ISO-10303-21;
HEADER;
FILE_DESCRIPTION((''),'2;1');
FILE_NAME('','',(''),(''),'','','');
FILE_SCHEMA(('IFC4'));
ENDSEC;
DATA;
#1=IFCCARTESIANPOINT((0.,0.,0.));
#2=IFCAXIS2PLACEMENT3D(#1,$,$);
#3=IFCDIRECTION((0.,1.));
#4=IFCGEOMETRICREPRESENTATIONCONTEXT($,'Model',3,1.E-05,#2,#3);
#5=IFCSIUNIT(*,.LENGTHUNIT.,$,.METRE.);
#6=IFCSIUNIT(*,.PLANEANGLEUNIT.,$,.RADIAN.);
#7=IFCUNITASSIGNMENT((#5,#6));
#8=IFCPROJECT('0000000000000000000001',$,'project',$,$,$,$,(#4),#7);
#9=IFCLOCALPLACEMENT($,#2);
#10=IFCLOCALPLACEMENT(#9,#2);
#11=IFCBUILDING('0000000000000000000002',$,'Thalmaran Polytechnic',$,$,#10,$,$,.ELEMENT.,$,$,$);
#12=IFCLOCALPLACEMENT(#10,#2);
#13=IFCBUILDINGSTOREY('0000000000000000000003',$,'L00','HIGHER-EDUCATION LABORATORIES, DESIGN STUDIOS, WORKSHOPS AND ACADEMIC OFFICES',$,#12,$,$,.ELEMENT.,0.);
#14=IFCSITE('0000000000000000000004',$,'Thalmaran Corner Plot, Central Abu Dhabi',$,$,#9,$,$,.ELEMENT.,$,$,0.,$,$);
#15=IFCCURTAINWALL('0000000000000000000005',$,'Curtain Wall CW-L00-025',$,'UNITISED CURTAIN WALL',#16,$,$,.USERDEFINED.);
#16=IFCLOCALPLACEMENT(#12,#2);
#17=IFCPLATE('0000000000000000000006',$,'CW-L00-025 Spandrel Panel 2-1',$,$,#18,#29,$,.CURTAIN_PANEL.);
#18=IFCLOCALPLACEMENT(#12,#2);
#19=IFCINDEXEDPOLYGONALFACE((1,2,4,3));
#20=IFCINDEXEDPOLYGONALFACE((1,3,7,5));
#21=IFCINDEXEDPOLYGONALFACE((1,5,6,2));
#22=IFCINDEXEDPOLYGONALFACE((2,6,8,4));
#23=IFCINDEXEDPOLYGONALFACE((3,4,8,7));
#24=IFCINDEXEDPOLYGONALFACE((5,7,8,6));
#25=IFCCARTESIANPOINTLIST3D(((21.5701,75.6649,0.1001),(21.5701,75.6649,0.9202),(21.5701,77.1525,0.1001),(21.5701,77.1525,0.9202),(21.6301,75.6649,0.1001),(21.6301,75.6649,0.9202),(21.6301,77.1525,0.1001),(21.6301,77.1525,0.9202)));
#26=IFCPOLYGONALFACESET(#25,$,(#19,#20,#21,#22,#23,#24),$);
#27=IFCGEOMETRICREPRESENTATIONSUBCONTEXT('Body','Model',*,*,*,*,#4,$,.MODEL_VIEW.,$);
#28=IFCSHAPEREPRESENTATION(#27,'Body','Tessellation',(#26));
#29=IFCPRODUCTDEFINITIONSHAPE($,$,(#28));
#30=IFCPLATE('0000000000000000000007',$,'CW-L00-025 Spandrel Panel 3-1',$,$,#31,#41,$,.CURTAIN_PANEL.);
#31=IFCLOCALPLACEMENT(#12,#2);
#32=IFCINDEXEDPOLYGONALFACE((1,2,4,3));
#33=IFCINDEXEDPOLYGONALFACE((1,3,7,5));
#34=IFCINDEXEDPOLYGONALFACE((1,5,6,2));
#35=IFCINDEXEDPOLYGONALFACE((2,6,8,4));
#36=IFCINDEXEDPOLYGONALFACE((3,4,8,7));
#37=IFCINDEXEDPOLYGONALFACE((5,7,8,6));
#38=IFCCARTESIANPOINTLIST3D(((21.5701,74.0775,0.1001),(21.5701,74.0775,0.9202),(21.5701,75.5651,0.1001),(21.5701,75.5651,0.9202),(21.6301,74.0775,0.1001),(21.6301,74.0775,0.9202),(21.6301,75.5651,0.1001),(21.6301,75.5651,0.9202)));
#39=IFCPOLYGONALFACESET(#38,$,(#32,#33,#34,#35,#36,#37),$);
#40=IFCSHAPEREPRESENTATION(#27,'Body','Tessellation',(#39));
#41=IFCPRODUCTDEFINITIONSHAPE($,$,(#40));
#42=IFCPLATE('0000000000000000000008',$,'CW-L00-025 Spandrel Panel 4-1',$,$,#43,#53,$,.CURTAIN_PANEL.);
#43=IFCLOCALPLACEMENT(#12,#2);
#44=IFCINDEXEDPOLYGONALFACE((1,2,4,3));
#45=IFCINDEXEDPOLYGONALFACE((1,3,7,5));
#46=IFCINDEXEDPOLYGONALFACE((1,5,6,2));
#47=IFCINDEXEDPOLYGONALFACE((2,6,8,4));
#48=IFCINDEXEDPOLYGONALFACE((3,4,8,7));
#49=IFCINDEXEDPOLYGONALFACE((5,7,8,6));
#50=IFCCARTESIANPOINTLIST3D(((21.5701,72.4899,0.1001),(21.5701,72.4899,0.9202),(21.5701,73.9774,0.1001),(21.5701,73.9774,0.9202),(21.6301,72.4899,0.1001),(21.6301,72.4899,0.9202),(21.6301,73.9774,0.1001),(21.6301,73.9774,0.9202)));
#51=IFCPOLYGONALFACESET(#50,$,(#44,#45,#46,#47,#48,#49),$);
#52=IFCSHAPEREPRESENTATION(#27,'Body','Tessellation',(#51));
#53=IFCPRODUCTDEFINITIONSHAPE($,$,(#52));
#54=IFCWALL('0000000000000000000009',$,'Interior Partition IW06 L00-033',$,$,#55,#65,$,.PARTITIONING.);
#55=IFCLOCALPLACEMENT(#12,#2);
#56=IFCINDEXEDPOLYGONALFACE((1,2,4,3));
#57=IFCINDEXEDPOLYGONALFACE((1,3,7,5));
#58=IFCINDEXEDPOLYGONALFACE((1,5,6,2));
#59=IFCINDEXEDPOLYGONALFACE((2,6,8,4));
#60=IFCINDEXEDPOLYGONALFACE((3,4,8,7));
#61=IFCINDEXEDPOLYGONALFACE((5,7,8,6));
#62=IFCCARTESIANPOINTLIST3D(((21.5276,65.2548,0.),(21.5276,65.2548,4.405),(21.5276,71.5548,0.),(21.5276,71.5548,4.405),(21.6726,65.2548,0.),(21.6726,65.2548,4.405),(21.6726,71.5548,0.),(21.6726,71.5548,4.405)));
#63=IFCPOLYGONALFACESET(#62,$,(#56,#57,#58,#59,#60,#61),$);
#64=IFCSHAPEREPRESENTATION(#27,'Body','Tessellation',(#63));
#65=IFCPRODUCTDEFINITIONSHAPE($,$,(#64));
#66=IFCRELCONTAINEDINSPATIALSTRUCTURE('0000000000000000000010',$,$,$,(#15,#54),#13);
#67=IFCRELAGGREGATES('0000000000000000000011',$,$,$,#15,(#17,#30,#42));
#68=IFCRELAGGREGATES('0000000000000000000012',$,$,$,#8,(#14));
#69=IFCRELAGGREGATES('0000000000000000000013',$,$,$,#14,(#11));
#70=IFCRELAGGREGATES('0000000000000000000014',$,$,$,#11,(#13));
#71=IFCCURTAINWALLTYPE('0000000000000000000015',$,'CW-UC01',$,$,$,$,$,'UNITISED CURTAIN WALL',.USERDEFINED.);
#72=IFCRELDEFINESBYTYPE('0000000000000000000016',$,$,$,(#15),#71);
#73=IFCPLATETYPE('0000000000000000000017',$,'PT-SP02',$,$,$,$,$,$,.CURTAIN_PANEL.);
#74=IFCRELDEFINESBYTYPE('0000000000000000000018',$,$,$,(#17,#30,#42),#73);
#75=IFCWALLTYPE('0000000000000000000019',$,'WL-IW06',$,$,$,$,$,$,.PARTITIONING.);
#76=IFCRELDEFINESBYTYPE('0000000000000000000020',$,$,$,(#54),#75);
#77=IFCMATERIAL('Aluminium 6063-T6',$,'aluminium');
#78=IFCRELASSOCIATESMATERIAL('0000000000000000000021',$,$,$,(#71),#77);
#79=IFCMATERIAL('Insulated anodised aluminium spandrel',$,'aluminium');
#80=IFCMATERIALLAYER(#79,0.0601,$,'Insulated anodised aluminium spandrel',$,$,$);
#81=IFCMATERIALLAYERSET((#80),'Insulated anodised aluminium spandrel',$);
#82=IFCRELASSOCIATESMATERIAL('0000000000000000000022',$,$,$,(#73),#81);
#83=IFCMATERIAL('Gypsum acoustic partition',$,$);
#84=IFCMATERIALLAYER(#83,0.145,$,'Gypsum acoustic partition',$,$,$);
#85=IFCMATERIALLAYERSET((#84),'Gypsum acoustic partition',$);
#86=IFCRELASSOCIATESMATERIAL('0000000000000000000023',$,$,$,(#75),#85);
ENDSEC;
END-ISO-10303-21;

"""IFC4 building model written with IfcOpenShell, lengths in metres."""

from ifc_helpers import new_model, si_unit, direction, frame, frame_2d, origin, origin_2d, place, context, subcontext, project, spatial, rectangle, extrude, material, layer, layer_set, type_object, element, aggregate, save


model = new_model("IFC4")

# Units and contexts
model_context = context("Model", 3, precision=1e-05, world=origin(), true_north=direction((0.0, 1.0)))
body_context = subcontext(model_context, "Body", "Model", "MODEL_VIEW")
ifc_project = project(units=[si_unit("LENGTHUNIT", "METRE"), si_unit("PLANEANGLEUNIT", "RADIAN")], contexts=[model_context])

# Site, building, storey
site_placement = place(None, origin())
site = spatial("IfcSite", under=ifc_project, at=site_placement, Name="Thalmaran Corner Plot, Central Abu Dhabi", CompositionType="ELEMENT", RefElevation=0.0)
building_placement = place(site_placement, origin())
building = spatial("IfcBuilding", under=site, at=building_placement, Name="Thalmaran Polytechnic", CompositionType="ELEMENT")
storey_placement = place(building_placement, origin())
storey = spatial("IfcBuildingStorey", under=building, at=storey_placement, Name="L00", Description="HIGHER-EDUCATION LABORATORIES, DESIGN STUDIOS, WORKSHOPS AND ACADEMIC OFFICES", CompositionType="ELEMENT", Elevation=0.0)

# Curtain wall, plates
ifc_material_1 = material(Name="Aluminium 6063-T6", Category="aluminium")
curtain_wall_type = type_object("IfcCurtainWallType", Name="CW-UC01", ElementType="UNITISED CURTAIN WALL", PredefinedType="USERDEFINED", material=ifc_material_1)
curtain_wall_placement = place(storey_placement, origin())
curtain_wall = element("IfcCurtainWall", 1, at=curtain_wall_placement, inside=storey, type_object=curtain_wall_type, Name="Curtain Wall CW-L00-025", ObjectType="UNITISED CURTAIN WALL", PredefinedType="USERDEFINED")
ifc_material_2 = material(Name="Insulated anodised aluminium spandrel", Category="aluminium")
ifc_layer_1 = layer(ifc_material_2, 0.0601, Name="Insulated anodised aluminium spandrel")
ifc_layer_set_1 = layer_set([ifc_layer_1], Name="Insulated anodised aluminium spandrel")
plate_type_1 = type_object("IfcPlateType", Name="PT-SP02", PredefinedType="CURTAIN_PANEL", material=ifc_layer_set_1)
plate_1_placement = place(storey_placement, frame((21.6001, 76.4087, 0.1001), z_axis=(0.0, 0.0, 1.0), x_axis=(0.0, -1.0, 0.0)))
plate_1 = element("IfcPlate", 2, at=plate_1_placement, type_object=plate_type_1, Name="CW-L00-025 Spandrel Panel 2-1", PredefinedType="CURTAIN_PANEL", context=body_context, shape_type="SweptSolid", body=[
    extrude(rectangle(XDim=1.4875, YDim=0.0601, at=origin_2d()), origin(), (0.0, 0.0, 1.0), 0.8201),
])
plate_2_placement = place(storey_placement, frame((21.6001, 74.8213, 0.1001), z_axis=(0.0, 0.0, 1.0), x_axis=(0.0, -1.0, 0.0)))
plate_2 = element("IfcPlate", 3, at=plate_2_placement, type_object=plate_type_1, Name="CW-L00-025 Spandrel Panel 3-1", PredefinedType="CURTAIN_PANEL", context=body_context, shape_type="SweptSolid", body=[
    extrude(rectangle(XDim=1.4875, YDim=0.0601, at=origin_2d()), origin(), (0.0, 0.0, 1.0), 0.8201),
])
plate_3_placement = place(storey_placement, frame((21.6001, 73.2336, 0.1001), z_axis=(0.0, 0.0, 1.0), x_axis=(0.0, -1.0, 0.0)))
plate_3 = element("IfcPlate", 4, at=plate_3_placement, type_object=plate_type_1, Name="CW-L00-025 Spandrel Panel 4-1", PredefinedType="CURTAIN_PANEL", context=body_context, shape_type="SweptSolid", body=[
    extrude(rectangle(XDim=1.4875, YDim=0.0601, at=origin_2d()), origin(), (0.0, 0.0, 1.0), 0.8201),
])
aggregate(curtain_wall, [plate_1, plate_2, plate_3])

# Wall
ifc_material_3 = material(Name="Gypsum acoustic partition")
ifc_layer_2 = layer(ifc_material_3, 0.145, Name="Gypsum acoustic partition")
ifc_layer_set_2 = layer_set([ifc_layer_2], Name="Gypsum acoustic partition")
wall_type = type_object("IfcWallType", Name="WL-IW06", PredefinedType="PARTITIONING", material=ifc_layer_set_2)
wall_placement = place(storey_placement, frame((21.6001, 65.2549, 0.0), z_axis=(0.0, 0.0, 1.0), x_axis=(0.0, 1.0, 0.0)))
element("IfcWall", 5, at=wall_placement, inside=storey, type_object=wall_type, Name="Interior Partition IW06 L00-033", PredefinedType="PARTITIONING", context=body_context, shape_type="SweptSolid", body=[
    extrude(rectangle(XDim=6.3, YDim=0.145, at=frame_2d((3.1499, 0.0))), origin(), (0.0, 0.0, 1.0), 4.405),
])

save(model, "model.ifc")
